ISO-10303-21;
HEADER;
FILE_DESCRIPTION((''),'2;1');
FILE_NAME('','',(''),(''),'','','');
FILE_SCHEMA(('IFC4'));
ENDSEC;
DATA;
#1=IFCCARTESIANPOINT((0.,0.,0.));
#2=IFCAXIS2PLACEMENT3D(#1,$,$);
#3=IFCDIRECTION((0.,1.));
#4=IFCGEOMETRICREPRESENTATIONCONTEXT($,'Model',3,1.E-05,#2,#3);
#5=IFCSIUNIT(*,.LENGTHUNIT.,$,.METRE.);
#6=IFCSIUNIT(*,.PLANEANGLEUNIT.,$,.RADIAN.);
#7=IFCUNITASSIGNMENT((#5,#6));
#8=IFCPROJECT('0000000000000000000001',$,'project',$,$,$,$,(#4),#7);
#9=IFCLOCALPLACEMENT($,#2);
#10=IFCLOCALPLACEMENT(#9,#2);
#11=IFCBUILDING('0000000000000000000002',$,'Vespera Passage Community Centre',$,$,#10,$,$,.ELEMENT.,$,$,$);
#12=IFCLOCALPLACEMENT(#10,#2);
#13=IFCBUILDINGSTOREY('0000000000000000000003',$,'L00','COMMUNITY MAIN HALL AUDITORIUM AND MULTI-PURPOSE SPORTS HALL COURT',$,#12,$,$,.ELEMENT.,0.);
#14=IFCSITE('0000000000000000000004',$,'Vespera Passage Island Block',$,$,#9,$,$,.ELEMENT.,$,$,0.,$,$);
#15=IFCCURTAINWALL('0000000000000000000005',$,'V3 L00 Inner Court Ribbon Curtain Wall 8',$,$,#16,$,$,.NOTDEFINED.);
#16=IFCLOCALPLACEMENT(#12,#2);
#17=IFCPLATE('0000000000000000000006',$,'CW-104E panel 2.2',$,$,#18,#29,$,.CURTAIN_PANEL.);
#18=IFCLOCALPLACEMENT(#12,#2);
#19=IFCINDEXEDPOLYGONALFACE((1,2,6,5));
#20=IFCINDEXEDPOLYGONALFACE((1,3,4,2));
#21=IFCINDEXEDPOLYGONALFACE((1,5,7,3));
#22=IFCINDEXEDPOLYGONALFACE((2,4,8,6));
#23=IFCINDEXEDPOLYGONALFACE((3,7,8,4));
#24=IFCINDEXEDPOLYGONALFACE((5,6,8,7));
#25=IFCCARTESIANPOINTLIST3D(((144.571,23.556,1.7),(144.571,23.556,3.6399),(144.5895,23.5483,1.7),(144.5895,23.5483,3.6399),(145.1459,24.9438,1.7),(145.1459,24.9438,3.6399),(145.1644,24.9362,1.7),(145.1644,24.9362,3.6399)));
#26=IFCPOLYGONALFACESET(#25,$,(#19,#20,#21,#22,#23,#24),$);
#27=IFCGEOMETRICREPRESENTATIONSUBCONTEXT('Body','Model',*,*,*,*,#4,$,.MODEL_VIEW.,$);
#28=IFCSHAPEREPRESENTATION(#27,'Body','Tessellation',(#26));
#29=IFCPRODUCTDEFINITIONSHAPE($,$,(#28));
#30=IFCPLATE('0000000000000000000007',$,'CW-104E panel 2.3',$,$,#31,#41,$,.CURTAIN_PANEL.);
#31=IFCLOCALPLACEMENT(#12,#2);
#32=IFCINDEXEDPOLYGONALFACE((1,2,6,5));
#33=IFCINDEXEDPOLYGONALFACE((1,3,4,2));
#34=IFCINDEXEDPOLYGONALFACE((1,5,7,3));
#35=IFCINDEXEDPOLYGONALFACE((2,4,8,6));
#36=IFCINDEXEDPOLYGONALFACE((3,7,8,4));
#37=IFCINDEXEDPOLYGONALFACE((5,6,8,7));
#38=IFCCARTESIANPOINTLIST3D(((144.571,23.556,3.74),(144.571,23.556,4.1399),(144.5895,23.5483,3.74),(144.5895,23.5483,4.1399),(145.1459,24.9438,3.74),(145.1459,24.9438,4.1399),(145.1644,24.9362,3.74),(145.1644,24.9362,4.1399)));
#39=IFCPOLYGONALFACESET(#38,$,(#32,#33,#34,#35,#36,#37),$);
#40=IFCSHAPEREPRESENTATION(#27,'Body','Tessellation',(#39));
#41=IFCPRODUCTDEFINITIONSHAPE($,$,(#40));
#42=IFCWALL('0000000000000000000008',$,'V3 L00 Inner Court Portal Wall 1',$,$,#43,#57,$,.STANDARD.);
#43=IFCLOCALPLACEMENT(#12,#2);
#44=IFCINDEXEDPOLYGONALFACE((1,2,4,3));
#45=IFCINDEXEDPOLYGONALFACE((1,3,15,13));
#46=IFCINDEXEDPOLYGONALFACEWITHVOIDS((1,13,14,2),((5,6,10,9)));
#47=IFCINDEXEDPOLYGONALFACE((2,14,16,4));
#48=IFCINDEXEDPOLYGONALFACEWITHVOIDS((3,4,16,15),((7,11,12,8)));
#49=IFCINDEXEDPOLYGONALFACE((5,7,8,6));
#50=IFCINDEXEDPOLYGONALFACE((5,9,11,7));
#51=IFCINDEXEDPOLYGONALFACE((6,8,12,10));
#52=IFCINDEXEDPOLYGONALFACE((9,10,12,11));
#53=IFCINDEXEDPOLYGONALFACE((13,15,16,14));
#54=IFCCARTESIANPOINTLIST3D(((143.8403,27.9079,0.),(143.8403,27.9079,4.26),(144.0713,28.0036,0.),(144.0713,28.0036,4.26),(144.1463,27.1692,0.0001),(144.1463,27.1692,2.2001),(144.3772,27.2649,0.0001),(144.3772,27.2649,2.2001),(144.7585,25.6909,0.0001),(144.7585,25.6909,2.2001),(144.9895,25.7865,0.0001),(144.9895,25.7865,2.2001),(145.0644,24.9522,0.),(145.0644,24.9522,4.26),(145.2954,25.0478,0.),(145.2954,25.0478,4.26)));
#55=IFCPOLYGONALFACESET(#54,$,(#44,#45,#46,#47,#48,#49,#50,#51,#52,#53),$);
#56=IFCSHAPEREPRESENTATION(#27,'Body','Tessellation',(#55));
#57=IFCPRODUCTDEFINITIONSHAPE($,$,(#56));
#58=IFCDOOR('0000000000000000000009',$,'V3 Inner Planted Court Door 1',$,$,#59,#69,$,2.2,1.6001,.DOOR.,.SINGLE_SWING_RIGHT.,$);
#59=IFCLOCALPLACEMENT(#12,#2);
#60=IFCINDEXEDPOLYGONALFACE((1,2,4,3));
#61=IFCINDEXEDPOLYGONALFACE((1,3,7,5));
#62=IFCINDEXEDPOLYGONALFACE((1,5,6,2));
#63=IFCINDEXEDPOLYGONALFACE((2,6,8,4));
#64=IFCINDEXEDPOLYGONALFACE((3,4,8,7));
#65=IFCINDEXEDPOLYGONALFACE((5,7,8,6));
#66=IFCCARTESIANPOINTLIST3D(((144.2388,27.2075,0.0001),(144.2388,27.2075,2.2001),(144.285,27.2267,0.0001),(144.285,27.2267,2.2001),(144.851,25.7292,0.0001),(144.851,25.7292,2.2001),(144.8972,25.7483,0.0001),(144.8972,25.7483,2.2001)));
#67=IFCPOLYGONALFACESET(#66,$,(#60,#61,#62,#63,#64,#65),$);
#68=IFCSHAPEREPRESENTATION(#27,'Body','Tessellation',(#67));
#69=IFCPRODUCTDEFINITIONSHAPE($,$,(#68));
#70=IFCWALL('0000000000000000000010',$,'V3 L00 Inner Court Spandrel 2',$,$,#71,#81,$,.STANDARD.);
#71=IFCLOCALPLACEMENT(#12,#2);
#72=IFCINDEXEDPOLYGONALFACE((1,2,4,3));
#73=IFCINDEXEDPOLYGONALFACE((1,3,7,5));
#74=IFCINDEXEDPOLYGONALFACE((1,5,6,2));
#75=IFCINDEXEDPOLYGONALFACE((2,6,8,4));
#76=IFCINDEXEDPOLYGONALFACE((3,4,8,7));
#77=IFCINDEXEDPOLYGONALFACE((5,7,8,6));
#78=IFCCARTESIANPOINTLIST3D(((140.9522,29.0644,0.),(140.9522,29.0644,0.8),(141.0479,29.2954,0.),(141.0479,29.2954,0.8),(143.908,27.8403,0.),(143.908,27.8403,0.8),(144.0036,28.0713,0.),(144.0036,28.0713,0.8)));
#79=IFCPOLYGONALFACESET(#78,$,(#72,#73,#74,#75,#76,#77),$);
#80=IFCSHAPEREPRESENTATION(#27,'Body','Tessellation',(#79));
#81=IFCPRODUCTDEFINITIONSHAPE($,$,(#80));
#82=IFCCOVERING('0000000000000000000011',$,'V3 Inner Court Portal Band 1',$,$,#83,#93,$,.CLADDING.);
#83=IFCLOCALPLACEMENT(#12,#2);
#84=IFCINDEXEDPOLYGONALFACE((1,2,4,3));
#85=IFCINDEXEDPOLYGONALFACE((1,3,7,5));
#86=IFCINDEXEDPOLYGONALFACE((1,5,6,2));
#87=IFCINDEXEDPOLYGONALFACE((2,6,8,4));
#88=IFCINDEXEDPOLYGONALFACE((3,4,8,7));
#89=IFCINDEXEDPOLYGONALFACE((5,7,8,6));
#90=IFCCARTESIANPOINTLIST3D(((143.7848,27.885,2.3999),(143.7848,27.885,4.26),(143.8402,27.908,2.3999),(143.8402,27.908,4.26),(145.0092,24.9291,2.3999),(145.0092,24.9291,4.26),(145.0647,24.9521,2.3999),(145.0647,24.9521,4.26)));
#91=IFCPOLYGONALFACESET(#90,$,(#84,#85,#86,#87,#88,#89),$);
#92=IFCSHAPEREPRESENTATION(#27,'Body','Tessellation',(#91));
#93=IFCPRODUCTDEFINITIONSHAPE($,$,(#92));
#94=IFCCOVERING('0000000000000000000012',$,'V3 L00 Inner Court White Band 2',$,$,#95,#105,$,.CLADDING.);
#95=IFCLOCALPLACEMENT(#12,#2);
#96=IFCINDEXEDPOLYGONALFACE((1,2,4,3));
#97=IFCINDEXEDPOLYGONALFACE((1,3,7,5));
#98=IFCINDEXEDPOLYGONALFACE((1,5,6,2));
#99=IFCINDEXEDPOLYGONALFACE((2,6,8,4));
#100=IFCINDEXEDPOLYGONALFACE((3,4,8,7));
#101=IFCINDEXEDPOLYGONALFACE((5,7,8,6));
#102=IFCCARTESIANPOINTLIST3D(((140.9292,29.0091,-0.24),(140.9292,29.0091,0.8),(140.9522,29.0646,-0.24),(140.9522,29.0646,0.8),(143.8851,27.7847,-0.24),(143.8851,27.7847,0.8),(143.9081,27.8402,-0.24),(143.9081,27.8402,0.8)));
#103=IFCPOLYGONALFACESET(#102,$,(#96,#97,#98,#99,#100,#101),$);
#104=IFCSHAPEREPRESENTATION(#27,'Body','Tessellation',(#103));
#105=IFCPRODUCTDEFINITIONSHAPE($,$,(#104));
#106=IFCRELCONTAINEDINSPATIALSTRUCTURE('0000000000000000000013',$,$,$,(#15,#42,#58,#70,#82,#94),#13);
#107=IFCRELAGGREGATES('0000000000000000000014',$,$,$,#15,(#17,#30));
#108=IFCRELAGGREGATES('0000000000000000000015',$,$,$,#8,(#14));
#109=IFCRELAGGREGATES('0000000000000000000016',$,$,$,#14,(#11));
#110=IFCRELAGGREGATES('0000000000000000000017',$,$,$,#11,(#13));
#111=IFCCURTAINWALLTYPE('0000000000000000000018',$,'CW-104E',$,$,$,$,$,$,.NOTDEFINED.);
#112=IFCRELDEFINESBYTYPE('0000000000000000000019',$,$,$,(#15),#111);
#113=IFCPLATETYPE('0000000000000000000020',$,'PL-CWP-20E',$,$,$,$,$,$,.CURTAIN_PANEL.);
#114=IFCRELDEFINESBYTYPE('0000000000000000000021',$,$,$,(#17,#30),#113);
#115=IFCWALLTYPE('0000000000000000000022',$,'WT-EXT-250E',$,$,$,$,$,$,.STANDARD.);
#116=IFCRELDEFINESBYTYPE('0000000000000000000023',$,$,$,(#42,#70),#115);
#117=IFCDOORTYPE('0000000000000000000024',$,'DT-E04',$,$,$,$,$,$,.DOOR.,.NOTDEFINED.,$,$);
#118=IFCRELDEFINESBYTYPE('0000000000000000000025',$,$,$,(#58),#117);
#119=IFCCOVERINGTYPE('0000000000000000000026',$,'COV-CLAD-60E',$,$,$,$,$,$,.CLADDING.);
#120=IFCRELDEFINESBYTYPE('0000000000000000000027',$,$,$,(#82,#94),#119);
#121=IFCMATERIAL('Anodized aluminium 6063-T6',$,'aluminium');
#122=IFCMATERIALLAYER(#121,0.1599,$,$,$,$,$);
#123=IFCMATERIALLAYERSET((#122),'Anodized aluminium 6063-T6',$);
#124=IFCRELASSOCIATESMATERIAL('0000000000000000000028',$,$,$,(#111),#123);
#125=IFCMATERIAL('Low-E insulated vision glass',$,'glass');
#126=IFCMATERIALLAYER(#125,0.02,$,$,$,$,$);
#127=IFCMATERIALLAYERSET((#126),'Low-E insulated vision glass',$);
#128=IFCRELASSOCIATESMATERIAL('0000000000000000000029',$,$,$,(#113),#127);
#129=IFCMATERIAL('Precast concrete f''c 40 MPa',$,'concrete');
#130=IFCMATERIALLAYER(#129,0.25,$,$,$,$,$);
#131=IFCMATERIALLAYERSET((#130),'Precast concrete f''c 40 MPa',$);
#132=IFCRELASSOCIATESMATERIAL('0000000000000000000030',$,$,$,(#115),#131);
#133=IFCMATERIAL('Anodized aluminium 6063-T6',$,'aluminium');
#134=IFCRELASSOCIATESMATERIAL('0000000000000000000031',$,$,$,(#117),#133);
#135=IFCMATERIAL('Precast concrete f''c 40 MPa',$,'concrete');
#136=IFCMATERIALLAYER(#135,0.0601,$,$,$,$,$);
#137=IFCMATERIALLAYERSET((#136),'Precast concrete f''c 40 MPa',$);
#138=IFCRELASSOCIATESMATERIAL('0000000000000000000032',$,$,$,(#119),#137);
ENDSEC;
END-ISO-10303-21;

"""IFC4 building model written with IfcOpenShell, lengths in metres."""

from ifc_helpers import new_model, si_unit, direction, frame, frame_2d, origin, origin_2d, place, context, subcontext, project, spatial, rectangle, extrude, material, layer, layer_set, type_object, element, fill, aggregate, save


model = new_model("IFC4")

# Units and contexts
model_context = context("Model", 3, precision=1e-05, world=origin(), true_north=direction((0.0, 1.0)))
body_context = subcontext(model_context, "Body", "Model", "MODEL_VIEW")
ifc_project = project(units=[si_unit("LENGTHUNIT", "METRE"), si_unit("PLANEANGLEUNIT", "RADIAN")], contexts=[model_context])

# Site, building, storey
site_placement = place(None, origin())
site = spatial("IfcSite", under=ifc_project, at=site_placement, Name="Vespera Passage Island Block", CompositionType="ELEMENT", RefElevation=0.0)
building_placement = place(site_placement, origin())
building = spatial("IfcBuilding", under=site, at=building_placement, Name="Vespera Passage Community Centre", CompositionType="ELEMENT")
storey_placement = place(building_placement, origin())
storey = spatial("IfcBuildingStorey", under=building, at=storey_placement, Name="L00", Description="COMMUNITY MAIN HALL AUDITORIUM AND MULTI-PURPOSE SPORTS HALL COURT", CompositionType="ELEMENT", Elevation=0.0)

# Shared definitions
ifc_material_1 = material(Name="Anodized aluminium 6063-T6", Category="aluminium")
ifc_layer_1 = layer(ifc_material_1, 0.1599)
ifc_layer_set_1 = layer_set([ifc_layer_1], Name="Anodized aluminium 6063-T6")
curtain_wall_type = type_object("IfcCurtainWallType", Name="CW-104E", PredefinedType="NOTDEFINED", material=ifc_layer_set_1)

# Curtain wall
curtain_wall_1_placement = place(storey_placement, origin())
curtain_wall_1 = element("IfcCurtainWall", 1, at=curtain_wall_1_placement, inside=storey, type_object=curtain_wall_type, Name="V3 L00 Inner Court Ribbon Curtain Wall 8", PredefinedType="NOTDEFINED")

# Plates
ifc_material_2 = material(Name="Low-E insulated vision glass", Category="glass")
ifc_layer_2 = layer(ifc_material_2, 0.02)
ifc_layer_set_2 = layer_set([ifc_layer_2], Name="Low-E insulated vision glass")
plate_type = type_object("IfcPlateType", Name="PL-CWP-20E", PredefinedType="CURTAIN_PANEL", material=ifc_layer_set_2)
plate_1_placement = place(storey_placement, frame((144.8677, 24.2461, 1.7), z_axis=(0.0, 0.0, 1.0), x_axis=(0.382686, 0.923879, 0.0)))
plate_1 = element("IfcPlate", 2, at=plate_1_placement, type_object=plate_type, Name="CW-104E panel 2.2", PredefinedType="CURTAIN_PANEL", context=body_context, shape_type="SweptSolid", body=[
    extrude(rectangle(XDim=1.5022, YDim=0.02, at=origin_2d()), origin(), (0.0, 0.0, 1.0), 1.9399),
])
plate_2_placement = place(storey_placement, frame((144.8677, 24.2461, 3.74), z_axis=(0.0, 0.0, 1.0), x_axis=(0.382686, 0.923879, 0.0)))
plate_2 = element("IfcPlate", 3, at=plate_2_placement, type_object=plate_type, Name="CW-104E panel 2.3", PredefinedType="CURTAIN_PANEL", context=body_context, shape_type="SweptSolid", body=[
    extrude(rectangle(XDim=1.5022, YDim=0.02, at=origin_2d()), origin(), (0.0, 0.0, 1.0), 0.3999),
])
aggregate(curtain_wall_1, [plate_1, plate_2])

# Wall, opening, door
ifc_material_3 = material(Name="Precast concrete f'c 40 MPa", Category="concrete")
ifc_layer_3 = layer(ifc_material_3, 0.25)
ifc_layer_set_3 = layer_set([ifc_layer_3], Name="Precast concrete f'c 40 MPa")
wall_type = type_object("IfcWallType", Name="WT-EXT-250E", PredefinedType="STANDARD", material=ifc_layer_set_3)
wall_1_placement = place(storey_placement, frame((145.1799, 25.0, 0.0), z_axis=(0.0, 0.0, 1.0), x_axis=(-0.382626, 0.923903, 0.0)))
wall_1 = element("IfcWall", 4, at=wall_1_placement, inside=storey, type_object=wall_type, Name="V3 L00 Inner Court Portal Wall 1", PredefinedType="STANDARD", context=body_context, shape_type="SweptSolid", body=[
    extrude(rectangle(XDim=3.1992, YDim=0.25, at=frame_2d((1.5996, 0.0))), origin(), (0.0, 0.0, 1.0), 4.26),
])
opening_placement = place(wall_1_placement, frame((0.7996, 0.0, 0.0)))
opening = element("IfcOpeningElement", 5, at=opening_placement, cuts=wall_1, PredefinedType="OPENING", context=body_context, shape_type="SweptSolid", body=[
    extrude(rectangle(XDim=1.6001, YDim=2.2, at=frame_2d((0.8, 1.1001))), frame((0.0, 0.135, 0.0), z_axis=(0.0, -1.0, 0.0), x_axis=(1.0, 0.0, 0.0)), (0.0, 0.0, 1.0), 0.27),
])
ifc_material_4 = material(Name="Anodized aluminium 6063-T6", Category="aluminium")
door_type = type_object("IfcDoorType", Name="DT-E04", OperationType="NOTDEFINED", PredefinedType="DOOR", material=ifc_material_4)
door_placement = place(opening_placement, origin())
door = element("IfcDoor", 6, at=door_placement, inside=storey, type_object=door_type, Name="V3 Inner Planted Court Door 1", OperationType="SINGLE_SWING_RIGHT", OverallHeight=2.2, OverallWidth=1.6001, PredefinedType="DOOR", context=body_context, shape_type="SweptSolid", body=[
    extrude(rectangle(XDim=1.6001, YDim=2.2, at=frame_2d((0.8, 1.1001))), frame((0.0, 0.0249, 0.0), z_axis=(0.0, -1.0, 0.0), x_axis=(1.0, 0.0, 0.0)), (0.0, 0.0, 1.0), 0.05),
])
fill(opening, door)

# Wall
wall_2_placement = place(storey_placement, frame((143.9558, 27.9558, 0.0), z_axis=(0.0, 0.0, 1.0), x_axis=(-0.923903, 0.382626, 0.0)))
element("IfcWall", 7, at=wall_2_placement, inside=storey, type_object=wall_type, Name="V3 L00 Inner Court Spandrel 2", PredefinedType="STANDARD", context=body_context, shape_type="SweptSolid", body=[
    extrude(rectangle(XDim=3.1992, YDim=0.25, at=frame_2d((1.5996, 0.0))), origin(), (0.0, 0.0, 1.0), 0.8),
])

# Coverings
ifc_material_5 = material(Name="Precast concrete f'c 40 MPa", Category="concrete")
ifc_layer_4 = layer(ifc_material_5, 0.0601)
ifc_layer_set_4 = layer_set([ifc_layer_4], Name="Precast concrete f'c 40 MPa")
covering_type = type_object("IfcCoveringType", Name="COV-CLAD-60E", PredefinedType="CLADDING", material=ifc_layer_set_4)
covering_1_placement = place(storey_placement, frame((145.0369, 24.9407, 2.3999), z_axis=(0.0, 0.0, 1.0), x_axis=(-0.382691, 0.923876, 0.0)))
element("IfcCovering", 8, at=covering_1_placement, inside=storey, type_object=covering_type, Name="V3 Inner Court Portal Band 1", PredefinedType="CLADDING", context=body_context, shape_type="SweptSolid", body=[
    extrude(rectangle(XDim=3.1995, YDim=0.0601, at=frame_2d((1.5996, 0.0))), origin(), (0.0, 0.0, 1.0), 1.8601),
])
covering_2_placement = place(storey_placement, frame((143.8965, 27.8125, -0.24), z_axis=(0.0, 0.0, 1.0), x_axis=(-0.923876, 0.382691, 0.0)))
element("IfcCovering", 9, at=covering_2_placement, inside=storey, type_object=covering_type, Name="V3 L00 Inner Court White Band 2", PredefinedType="CLADDING", context=body_context, shape_type="SweptSolid", body=[
    extrude(rectangle(XDim=3.1995, YDim=0.0601, at=frame_2d((1.5996, 0.0))), origin(), (0.0, 0.0, 1.0), 1.04),
])

save(model, "model.ifc")
